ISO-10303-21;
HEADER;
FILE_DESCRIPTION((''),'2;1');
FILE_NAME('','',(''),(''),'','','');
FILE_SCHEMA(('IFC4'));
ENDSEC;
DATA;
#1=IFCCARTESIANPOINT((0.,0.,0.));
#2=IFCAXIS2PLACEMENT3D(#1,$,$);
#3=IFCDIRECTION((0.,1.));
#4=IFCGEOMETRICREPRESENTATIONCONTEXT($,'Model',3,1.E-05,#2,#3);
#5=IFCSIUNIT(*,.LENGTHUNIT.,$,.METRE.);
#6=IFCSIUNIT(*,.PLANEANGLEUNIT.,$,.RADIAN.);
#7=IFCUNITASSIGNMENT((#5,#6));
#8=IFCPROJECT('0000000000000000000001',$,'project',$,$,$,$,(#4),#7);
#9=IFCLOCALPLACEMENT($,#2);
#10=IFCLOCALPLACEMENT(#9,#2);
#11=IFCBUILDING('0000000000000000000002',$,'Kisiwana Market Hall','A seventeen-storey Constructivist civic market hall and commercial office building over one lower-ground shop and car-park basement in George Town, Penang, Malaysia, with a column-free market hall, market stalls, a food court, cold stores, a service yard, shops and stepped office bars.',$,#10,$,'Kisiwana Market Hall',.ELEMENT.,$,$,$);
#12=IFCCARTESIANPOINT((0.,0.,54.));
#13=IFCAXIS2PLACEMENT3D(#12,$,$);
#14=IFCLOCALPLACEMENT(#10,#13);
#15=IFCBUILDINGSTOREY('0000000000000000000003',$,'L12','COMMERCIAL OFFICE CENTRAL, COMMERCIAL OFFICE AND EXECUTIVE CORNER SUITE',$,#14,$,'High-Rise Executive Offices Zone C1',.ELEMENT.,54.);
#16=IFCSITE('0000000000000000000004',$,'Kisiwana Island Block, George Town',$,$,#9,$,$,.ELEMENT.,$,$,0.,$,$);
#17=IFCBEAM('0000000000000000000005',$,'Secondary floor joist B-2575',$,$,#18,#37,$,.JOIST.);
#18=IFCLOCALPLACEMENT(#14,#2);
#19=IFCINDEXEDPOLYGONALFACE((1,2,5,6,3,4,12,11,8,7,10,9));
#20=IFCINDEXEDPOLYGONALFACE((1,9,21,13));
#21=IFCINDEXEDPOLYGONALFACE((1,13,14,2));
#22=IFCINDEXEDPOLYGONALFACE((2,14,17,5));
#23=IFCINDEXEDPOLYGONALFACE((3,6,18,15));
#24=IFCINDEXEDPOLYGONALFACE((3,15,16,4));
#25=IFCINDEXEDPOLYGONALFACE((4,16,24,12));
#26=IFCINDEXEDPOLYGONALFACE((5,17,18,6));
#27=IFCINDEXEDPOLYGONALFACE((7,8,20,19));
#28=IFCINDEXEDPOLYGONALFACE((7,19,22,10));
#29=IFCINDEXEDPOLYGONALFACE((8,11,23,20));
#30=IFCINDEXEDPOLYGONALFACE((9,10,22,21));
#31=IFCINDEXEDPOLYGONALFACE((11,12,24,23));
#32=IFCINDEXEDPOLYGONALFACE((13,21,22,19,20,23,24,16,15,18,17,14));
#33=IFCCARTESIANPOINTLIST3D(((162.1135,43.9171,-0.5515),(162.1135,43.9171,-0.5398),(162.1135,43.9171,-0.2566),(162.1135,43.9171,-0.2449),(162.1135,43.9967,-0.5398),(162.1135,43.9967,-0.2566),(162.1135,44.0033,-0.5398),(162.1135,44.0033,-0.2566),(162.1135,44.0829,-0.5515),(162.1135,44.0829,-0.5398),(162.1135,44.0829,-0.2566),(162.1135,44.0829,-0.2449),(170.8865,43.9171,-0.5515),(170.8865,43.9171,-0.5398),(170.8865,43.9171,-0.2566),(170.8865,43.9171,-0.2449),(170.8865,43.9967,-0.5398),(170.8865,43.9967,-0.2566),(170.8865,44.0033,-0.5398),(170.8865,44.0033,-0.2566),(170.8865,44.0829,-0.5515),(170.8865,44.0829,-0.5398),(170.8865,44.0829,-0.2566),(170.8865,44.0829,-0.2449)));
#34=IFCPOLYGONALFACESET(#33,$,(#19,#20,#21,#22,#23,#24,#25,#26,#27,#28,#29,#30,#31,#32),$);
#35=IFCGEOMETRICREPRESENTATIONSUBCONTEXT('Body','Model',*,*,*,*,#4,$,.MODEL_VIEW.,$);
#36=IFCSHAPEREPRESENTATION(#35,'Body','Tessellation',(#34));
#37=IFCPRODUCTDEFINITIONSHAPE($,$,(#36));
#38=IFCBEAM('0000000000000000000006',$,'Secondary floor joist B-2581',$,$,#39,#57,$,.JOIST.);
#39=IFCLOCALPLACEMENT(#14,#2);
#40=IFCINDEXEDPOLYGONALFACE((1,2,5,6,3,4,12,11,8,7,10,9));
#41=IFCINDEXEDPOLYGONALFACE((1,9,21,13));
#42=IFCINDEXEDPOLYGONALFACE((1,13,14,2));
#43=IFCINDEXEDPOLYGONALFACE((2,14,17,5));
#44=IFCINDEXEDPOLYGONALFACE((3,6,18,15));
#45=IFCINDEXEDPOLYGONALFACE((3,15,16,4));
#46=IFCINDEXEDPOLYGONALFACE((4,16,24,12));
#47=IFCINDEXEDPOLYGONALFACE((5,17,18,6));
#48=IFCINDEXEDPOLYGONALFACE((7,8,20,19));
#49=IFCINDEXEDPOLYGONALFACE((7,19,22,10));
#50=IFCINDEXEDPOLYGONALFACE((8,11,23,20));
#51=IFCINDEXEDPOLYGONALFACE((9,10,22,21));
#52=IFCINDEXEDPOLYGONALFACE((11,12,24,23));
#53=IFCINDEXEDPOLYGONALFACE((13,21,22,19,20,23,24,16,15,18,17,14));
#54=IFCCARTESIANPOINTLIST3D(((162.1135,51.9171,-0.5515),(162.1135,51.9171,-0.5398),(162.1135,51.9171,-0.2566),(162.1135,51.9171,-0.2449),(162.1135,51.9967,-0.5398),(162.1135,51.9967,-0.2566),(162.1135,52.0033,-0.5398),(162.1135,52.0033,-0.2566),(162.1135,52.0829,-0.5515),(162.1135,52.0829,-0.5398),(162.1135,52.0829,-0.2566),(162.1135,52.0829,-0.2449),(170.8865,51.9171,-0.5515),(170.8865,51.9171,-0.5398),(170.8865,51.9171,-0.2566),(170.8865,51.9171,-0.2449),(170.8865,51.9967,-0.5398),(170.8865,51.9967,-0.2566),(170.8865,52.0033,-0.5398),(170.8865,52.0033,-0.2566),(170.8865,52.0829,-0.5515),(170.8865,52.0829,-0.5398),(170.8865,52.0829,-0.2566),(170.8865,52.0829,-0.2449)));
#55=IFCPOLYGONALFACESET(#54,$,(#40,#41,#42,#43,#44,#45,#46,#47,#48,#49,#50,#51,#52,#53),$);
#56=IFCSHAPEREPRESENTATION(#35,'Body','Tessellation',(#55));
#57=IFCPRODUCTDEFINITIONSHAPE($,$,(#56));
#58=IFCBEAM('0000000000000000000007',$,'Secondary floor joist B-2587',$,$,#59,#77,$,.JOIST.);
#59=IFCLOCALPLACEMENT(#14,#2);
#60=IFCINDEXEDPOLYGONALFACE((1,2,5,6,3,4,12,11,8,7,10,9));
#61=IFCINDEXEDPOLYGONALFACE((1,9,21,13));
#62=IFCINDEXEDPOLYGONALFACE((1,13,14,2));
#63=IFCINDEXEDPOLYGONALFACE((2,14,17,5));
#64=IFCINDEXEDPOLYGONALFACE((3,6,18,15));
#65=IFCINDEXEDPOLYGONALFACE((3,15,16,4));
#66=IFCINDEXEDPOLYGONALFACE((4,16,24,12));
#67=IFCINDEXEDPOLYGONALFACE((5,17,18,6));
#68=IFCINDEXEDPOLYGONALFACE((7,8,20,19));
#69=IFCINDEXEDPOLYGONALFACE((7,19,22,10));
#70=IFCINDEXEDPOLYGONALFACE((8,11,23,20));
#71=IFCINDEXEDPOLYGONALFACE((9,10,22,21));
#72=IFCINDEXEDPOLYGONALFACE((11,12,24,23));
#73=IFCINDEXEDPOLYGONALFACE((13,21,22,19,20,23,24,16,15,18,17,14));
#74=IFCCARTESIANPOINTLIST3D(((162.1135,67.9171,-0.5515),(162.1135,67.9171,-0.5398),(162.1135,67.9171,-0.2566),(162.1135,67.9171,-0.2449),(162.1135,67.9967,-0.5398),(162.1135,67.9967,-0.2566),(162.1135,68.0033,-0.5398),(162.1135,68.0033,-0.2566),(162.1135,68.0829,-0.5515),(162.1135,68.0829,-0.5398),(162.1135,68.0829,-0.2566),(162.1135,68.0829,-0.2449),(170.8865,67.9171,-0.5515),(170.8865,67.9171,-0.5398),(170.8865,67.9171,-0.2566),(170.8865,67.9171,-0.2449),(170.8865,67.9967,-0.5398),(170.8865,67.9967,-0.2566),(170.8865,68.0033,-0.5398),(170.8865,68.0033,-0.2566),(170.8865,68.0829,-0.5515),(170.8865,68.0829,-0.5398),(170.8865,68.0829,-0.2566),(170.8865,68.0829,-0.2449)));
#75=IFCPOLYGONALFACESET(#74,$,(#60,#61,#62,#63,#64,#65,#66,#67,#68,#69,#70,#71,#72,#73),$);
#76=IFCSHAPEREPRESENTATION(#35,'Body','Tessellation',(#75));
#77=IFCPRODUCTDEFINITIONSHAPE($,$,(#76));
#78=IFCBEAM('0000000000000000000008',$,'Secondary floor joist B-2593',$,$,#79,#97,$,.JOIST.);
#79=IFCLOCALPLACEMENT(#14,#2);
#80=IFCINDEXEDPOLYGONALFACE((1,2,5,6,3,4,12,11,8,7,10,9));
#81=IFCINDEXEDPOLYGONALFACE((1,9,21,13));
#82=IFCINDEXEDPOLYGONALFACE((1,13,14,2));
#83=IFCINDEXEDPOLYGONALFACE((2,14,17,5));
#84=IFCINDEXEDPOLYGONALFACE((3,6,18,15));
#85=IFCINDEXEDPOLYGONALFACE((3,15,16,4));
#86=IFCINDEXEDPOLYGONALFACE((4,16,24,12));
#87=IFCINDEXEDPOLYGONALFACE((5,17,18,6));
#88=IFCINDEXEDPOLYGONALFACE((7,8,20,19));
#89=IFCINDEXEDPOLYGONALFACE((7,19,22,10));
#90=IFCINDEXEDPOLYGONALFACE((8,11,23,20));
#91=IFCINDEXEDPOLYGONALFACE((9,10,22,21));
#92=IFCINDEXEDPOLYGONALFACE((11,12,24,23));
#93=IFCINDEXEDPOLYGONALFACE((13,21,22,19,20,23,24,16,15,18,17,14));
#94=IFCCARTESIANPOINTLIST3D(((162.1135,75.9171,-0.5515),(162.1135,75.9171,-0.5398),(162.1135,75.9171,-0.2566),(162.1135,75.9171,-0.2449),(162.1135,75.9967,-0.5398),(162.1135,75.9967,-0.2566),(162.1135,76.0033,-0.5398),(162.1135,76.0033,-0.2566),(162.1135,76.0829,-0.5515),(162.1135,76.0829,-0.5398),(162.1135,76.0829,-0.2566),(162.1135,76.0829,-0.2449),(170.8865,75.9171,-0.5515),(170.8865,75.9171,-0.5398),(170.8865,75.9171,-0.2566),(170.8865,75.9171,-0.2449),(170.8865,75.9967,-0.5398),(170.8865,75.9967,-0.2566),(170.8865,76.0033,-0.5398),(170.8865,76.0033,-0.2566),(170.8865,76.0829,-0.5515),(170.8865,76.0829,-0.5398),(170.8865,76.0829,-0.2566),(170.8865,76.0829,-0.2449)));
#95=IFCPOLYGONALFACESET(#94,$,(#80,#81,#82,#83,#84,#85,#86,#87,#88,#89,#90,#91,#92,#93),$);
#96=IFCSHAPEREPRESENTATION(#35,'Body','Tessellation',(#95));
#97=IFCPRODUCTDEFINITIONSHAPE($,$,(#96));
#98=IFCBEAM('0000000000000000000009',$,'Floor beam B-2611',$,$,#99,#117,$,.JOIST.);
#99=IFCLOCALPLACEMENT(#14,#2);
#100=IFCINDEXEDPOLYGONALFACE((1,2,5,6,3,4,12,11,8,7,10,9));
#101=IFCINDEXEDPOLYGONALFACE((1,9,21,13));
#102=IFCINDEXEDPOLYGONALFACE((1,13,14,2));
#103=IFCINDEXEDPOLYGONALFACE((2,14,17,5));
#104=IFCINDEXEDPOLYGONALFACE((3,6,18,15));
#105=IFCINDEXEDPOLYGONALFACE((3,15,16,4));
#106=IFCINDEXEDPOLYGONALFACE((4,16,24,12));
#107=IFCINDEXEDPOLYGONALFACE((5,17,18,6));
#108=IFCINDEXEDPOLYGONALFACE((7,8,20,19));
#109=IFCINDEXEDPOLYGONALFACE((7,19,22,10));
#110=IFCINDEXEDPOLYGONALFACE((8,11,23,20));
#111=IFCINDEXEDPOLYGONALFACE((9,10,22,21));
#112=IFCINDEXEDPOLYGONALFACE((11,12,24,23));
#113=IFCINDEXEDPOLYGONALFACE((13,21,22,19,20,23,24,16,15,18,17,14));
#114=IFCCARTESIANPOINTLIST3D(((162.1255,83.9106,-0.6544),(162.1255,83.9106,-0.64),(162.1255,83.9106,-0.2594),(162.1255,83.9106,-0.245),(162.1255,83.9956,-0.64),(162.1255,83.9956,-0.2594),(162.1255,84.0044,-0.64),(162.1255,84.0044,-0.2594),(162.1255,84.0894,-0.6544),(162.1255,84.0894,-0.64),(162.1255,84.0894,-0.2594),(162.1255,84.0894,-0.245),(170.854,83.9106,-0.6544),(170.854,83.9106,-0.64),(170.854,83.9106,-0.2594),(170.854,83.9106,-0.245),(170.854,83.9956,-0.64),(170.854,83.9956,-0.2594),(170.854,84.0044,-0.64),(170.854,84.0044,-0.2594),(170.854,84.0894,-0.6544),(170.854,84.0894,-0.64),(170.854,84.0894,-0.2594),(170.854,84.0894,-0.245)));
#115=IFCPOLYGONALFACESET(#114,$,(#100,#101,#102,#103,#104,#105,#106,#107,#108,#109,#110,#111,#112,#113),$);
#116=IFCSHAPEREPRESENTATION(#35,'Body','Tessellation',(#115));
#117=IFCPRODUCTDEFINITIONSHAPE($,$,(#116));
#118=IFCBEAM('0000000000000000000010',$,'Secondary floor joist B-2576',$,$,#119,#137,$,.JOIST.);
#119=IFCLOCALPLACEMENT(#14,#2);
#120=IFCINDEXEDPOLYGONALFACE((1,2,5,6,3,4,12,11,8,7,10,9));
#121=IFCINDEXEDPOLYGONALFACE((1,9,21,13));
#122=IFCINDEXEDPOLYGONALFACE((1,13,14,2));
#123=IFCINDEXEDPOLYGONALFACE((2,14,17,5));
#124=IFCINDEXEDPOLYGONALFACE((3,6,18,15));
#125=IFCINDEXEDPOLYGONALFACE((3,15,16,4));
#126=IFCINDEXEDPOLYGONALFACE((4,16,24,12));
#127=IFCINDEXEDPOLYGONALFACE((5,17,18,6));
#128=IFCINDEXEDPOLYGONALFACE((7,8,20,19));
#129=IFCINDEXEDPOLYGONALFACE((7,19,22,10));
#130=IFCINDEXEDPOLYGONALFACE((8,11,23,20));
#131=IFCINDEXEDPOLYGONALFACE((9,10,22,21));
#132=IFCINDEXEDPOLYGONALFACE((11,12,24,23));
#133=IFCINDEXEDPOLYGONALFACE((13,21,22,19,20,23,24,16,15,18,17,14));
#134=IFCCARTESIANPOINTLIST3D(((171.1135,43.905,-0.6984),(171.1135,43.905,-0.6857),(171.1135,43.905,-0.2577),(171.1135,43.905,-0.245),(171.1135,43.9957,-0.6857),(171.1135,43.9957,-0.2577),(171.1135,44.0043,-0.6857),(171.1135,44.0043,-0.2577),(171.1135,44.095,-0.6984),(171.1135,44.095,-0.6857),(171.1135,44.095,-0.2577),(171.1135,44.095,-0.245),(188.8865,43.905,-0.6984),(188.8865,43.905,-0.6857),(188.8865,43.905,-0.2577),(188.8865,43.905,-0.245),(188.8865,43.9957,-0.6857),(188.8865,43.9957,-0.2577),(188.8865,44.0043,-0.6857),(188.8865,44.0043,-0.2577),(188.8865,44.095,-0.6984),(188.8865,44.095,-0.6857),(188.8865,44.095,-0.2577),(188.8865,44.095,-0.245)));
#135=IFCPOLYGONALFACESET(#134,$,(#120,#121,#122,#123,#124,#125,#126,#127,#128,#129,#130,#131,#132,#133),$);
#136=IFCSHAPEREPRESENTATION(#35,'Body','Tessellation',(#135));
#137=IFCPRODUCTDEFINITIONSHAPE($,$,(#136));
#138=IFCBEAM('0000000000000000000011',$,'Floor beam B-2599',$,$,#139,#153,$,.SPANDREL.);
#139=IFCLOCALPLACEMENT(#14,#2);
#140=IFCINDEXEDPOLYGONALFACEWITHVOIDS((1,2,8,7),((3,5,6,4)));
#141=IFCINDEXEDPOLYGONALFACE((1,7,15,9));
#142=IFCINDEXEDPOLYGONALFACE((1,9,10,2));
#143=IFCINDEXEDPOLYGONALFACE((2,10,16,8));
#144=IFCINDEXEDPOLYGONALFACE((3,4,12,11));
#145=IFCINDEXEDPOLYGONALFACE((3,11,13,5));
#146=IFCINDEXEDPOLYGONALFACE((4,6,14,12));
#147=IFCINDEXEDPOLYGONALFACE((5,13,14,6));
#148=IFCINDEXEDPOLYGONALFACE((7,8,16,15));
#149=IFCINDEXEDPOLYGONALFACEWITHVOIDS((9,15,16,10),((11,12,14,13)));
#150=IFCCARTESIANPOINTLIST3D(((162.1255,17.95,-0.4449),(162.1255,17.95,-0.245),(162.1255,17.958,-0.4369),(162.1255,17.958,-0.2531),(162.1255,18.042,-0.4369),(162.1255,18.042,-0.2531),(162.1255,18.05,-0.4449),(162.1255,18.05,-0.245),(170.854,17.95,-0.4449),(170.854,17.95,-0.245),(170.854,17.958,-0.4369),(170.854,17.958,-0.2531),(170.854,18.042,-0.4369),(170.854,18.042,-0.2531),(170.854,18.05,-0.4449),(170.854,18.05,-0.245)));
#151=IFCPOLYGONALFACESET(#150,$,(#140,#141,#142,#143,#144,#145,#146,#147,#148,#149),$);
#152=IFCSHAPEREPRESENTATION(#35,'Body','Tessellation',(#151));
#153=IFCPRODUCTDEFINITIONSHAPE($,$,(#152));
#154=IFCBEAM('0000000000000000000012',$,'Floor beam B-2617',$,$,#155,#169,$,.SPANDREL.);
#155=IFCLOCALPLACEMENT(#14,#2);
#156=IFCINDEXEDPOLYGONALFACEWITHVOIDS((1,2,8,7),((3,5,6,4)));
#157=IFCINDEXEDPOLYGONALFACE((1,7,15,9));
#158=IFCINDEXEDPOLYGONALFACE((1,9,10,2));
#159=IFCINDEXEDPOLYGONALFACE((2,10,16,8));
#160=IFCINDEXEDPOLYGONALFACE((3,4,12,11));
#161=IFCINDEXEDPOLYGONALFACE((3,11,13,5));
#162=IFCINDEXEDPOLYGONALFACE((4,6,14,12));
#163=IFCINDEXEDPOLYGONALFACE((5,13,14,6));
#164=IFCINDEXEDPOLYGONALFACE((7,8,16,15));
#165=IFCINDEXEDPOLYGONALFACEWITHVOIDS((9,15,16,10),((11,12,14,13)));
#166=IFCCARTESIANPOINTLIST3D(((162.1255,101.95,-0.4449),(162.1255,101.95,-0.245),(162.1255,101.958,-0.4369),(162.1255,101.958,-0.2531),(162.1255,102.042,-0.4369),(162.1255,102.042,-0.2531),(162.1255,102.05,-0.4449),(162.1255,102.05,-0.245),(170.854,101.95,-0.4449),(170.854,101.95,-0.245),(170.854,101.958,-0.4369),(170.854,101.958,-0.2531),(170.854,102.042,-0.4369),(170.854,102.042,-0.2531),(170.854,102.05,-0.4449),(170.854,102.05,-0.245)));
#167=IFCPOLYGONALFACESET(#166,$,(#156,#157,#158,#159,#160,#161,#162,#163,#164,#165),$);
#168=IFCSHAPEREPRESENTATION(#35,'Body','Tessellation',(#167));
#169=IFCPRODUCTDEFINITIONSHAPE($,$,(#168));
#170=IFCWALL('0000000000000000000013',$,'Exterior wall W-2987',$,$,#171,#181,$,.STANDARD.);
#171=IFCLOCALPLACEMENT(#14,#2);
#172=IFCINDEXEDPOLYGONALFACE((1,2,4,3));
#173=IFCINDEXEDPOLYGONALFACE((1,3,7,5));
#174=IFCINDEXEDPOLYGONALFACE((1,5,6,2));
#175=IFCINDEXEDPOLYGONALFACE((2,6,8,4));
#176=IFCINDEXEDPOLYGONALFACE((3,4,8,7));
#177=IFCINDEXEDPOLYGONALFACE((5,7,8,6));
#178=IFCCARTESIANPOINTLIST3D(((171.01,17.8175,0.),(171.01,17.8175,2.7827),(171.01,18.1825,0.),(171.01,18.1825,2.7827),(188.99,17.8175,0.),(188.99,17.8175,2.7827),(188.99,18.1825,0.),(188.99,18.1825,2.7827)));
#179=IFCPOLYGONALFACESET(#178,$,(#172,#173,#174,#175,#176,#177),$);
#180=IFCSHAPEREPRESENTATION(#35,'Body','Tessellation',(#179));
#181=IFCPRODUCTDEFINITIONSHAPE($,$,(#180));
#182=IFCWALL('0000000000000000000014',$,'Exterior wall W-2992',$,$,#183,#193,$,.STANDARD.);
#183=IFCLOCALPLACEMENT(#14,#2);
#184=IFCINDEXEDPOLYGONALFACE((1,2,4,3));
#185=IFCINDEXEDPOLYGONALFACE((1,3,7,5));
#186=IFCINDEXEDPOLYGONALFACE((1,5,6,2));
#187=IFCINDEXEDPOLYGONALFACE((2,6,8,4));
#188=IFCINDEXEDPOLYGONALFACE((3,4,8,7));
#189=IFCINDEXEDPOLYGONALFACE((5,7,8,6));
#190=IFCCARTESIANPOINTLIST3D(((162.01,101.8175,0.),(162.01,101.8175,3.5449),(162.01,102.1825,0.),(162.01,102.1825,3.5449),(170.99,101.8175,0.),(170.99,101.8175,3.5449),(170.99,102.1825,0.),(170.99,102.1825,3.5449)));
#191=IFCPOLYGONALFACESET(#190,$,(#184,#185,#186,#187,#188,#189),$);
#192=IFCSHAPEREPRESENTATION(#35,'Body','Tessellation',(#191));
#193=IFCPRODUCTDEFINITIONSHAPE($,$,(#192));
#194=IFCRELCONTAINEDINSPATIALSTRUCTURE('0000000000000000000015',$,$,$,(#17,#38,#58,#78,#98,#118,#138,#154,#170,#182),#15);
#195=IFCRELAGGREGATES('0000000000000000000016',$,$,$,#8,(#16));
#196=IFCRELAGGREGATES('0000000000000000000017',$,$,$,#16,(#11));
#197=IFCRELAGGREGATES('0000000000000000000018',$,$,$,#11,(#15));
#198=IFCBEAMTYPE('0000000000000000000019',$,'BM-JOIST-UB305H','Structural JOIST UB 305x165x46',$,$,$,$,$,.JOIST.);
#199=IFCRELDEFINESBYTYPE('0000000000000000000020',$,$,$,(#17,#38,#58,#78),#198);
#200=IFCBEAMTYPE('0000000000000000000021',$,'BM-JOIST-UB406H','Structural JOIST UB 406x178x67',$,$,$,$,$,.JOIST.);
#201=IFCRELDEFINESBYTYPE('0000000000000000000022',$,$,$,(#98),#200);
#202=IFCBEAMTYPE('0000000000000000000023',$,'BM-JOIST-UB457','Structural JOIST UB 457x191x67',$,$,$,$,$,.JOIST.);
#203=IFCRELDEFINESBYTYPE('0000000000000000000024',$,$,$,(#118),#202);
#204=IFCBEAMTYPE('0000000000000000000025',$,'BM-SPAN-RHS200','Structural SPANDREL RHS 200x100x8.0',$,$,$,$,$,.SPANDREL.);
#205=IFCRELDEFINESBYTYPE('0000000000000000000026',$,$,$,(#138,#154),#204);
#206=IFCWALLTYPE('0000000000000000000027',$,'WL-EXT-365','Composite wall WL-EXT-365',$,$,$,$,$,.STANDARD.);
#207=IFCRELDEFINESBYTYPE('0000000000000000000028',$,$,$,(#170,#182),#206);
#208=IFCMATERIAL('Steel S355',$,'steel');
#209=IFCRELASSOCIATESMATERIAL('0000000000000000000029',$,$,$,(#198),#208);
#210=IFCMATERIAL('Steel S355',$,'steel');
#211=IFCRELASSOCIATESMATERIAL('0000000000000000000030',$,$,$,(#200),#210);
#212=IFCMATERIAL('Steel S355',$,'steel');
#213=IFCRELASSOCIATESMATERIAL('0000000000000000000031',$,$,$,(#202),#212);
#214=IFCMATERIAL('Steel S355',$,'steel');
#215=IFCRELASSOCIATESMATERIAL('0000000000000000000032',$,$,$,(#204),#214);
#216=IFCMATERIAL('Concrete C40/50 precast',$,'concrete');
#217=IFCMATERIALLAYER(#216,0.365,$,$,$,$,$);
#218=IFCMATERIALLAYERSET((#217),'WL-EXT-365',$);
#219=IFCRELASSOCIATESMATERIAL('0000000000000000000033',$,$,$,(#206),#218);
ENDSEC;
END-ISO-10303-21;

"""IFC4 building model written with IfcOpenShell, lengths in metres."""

from ifc_helpers import new_model, si_unit, direction, frame, frame_2d, origin, origin_2d, place, context, subcontext, project, spatial, rectangle, hollow_rectangle, i_section, extrude, material, layer, layer_set, material_profile, profile_set, type_object, element, save


model = new_model("IFC4")

# Units and contexts
model_context = context("Model", 3, precision=1e-05, world=origin(), true_north=direction((0.0, 1.0)))
body_context = subcontext(model_context, "Body", "Model", "MODEL_VIEW")
ifc_project = project(units=[si_unit("LENGTHUNIT", "METRE"), si_unit("PLANEANGLEUNIT", "RADIAN")], contexts=[model_context])

# Site, building, storey
site_placement = place(None, origin())
site = spatial("IfcSite", under=ifc_project, at=site_placement, Name="Kisiwana Island Block, George Town", CompositionType="ELEMENT", RefElevation=0.0)
building_placement = place(site_placement, origin())
building = spatial("IfcBuilding", under=site, at=building_placement, Name="Kisiwana Market Hall", Description="A seventeen-storey Constructivist civic market hall and commercial office building over one lower-ground shop and car-park basement in George Town, Penang, Malaysia, with a column-free market hall, market stalls, a food court, cold stores, a service yard, shops and stepped office bars.", LongName="Kisiwana Market Hall", CompositionType="ELEMENT")
storey_placement = place(building_placement, frame((0.0, 0.0, 54.0)))
storey = spatial("IfcBuildingStorey", under=building, at=storey_placement, Name="L12", Description="COMMERCIAL OFFICE CENTRAL, COMMERCIAL OFFICE AND EXECUTIVE CORNER SUITE", LongName="High-Rise Executive Offices Zone C1", CompositionType="ELEMENT", Elevation=54.0)

# Beams
ifc_material_1 = material(Name="Steel S355", Category="steel")
ifc_material_profile_1 = material_profile(ifc_material_1, i_section(OverallWidth=0.1658, OverallDepth=0.3066, WebThickness=0.0066, FlangeThickness=0.0117, at=origin_2d()), Name="UB 305x165x46")
ifc_profile_set_1 = profile_set([ifc_material_profile_1], Name="Steel S355")
beam_type_1 = type_object("IfcBeamType", Name="BM-JOIST-UB305H", Description="Structural JOIST UB 305x165x46", PredefinedType="JOIST", material=ifc_profile_set_1)
for number, where, z_axis, x_axis, name in (
    (1, (162.1135, 44.0, -0.3982), (1.0, 0.0, 0.0), (0.0, 1.0, 0.0), "Secondary floor joist B-2575"),
    (2, (162.1135, 52.0, -0.3982), (1.0, 0.0, 0.0), (0.0, 1.0, 0.0), "Secondary floor joist B-2581"),
    (3, (162.1135, 68.0, -0.3982), (1.0, 0.0, 0.0), (0.0, 1.0, 0.0), "Secondary floor joist B-2587"),
    (4, (162.1135, 76.0, -0.3982), (1.0, 0.0, 0.0), (0.0, 1.0, 0.0), "Secondary floor joist B-2593"),
):
    element("IfcBeam", number, at=place(storey_placement, frame(where, z_axis=z_axis, x_axis=x_axis)), inside=storey, type_object=beam_type_1, Name=name, PredefinedType="JOIST", context=body_context, shape_type="SweptSolid", body=[
        extrude(i_section(OverallWidth=0.1658, OverallDepth=0.3066, WebThickness=0.0066, FlangeThickness=0.0117, at=origin_2d()), origin(), (0.0, 0.0, 1.0), 8.7729),
    ])
ifc_material_2 = material(Name="Steel S355", Category="steel")
ifc_material_profile_2 = material_profile(ifc_material_2, i_section(OverallWidth=0.1787, OverallDepth=0.4094, WebThickness=0.0088, FlangeThickness=0.0144, at=origin_2d()), Name="UB 406x178x67")
ifc_profile_set_2 = profile_set([ifc_material_profile_2], Name="Steel S355")
beam_type_2 = type_object("IfcBeamType", Name="BM-JOIST-UB406H", Description="Structural JOIST UB 406x178x67", PredefinedType="JOIST", material=ifc_profile_set_2)
beam_1_placement = place(storey_placement, frame((162.1255, 84.0, -0.4497), z_axis=(1.0, 0.0, 0.0), x_axis=(0.0, 1.0, 0.0)))
element("IfcBeam", 5, at=beam_1_placement, inside=storey, type_object=beam_type_2, Name="Floor beam B-2611", PredefinedType="JOIST", context=body_context, shape_type="SweptSolid", body=[
    extrude(i_section(OverallWidth=0.1787, OverallDepth=0.4094, WebThickness=0.0088, FlangeThickness=0.0144, at=origin_2d()), origin(), (0.0, 0.0, 1.0), 8.7285),
])
ifc_material_3 = material(Name="Steel S355", Category="steel")
ifc_material_profile_3 = material_profile(ifc_material_3, i_section(OverallWidth=0.1899, OverallDepth=0.4534, WebThickness=0.0085, FlangeThickness=0.0127, at=origin_2d()), Name="UB 457x191x67")
ifc_profile_set_3 = profile_set([ifc_material_profile_3], Name="Steel S355")
beam_type_3 = type_object("IfcBeamType", Name="BM-JOIST-UB457", Description="Structural JOIST UB 457x191x67", PredefinedType="JOIST", material=ifc_profile_set_3)
beam_2_placement = place(storey_placement, frame((171.1135, 44.0, -0.4717), z_axis=(1.0, 0.0, 0.0), x_axis=(0.0, 1.0, 0.0)))
element("IfcBeam", 6, at=beam_2_placement, inside=storey, type_object=beam_type_3, Name="Secondary floor joist B-2576", PredefinedType="JOIST", context=body_context, shape_type="SweptSolid", body=[
    extrude(i_section(OverallWidth=0.1899, OverallDepth=0.4534, WebThickness=0.0085, FlangeThickness=0.0127, at=origin_2d()), origin(), (0.0, 0.0, 1.0), 17.7729),
])
ifc_material_4 = material(Name="Steel S355", Category="steel")
ifc_material_profile_4 = material_profile(ifc_material_4, hollow_rectangle(XDim=0.1001, YDim=0.2, WallThickness=0.0081, at=origin_2d()), Name="RHS 200x100x8.0")
ifc_profile_set_4 = profile_set([ifc_material_profile_4], Name="Steel S355")
beam_type_4 = type_object("IfcBeamType", Name="BM-SPAN-RHS200", Description="Structural SPANDREL RHS 200x100x8.0", PredefinedType="SPANDREL", material=ifc_profile_set_4)
for number, where, z_axis, x_axis, name in (
    (7, (162.1255, 18.0, -0.345), (1.0, 0.0, 0.0), (0.0, 1.0, 0.0), "Floor beam B-2599"),
    (8, (162.1255, 102.0, -0.345), (1.0, 0.0, 0.0), (0.0, 1.0, 0.0), "Floor beam B-2617"),
):
    element("IfcBeam", number, at=place(storey_placement, frame(where, z_axis=z_axis, x_axis=x_axis)), inside=storey, type_object=beam_type_4, Name=name, PredefinedType="SPANDREL", context=body_context, shape_type="SweptSolid", body=[
        extrude(hollow_rectangle(XDim=0.1001, YDim=0.2, WallThickness=0.0081, at=origin_2d()), origin(), (0.0, 0.0, 1.0), 8.7285),
    ])

# Walls
ifc_material_5 = material(Name="Concrete C40/50 precast", Category="concrete")
ifc_layer_1 = layer(ifc_material_5, 0.365)
ifc_layer_set_1 = layer_set([ifc_layer_1], Name="WL-EXT-365")
wall_type_1 = type_object("IfcWallType", Name="WL-EXT-365", Description="Composite wall WL-EXT-365", PredefinedType="STANDARD", material=ifc_layer_set_1)
wall_1_placement = place(storey_placement, frame((171.01, 18.0, 0.0), z_axis=(0.0, 0.0, 1.0), x_axis=(1.0, 0.0, 0.0)))
element("IfcWall", 9, at=wall_1_placement, inside=storey, type_object=wall_type_1, Name="Exterior wall W-2987", PredefinedType="STANDARD", context=body_context, shape_type="SweptSolid", body=[
    extrude(rectangle(XDim=17.98, YDim=0.365, at=frame_2d((8.99, 0.0))), origin(), (0.0, 0.0, 1.0), 2.7827),
])
wall_2_placement = place(storey_placement, frame((162.01, 102.0, 0.0), z_axis=(0.0, 0.0, 1.0), x_axis=(1.0, 0.0, 0.0)))
element("IfcWall", 10, at=wall_2_placement, inside=storey, type_object=wall_type_1, Name="Exterior wall W-2992", PredefinedType="STANDARD", context=body_context, shape_type="SweptSolid", body=[
    extrude(rectangle(XDim=8.98, YDim=0.365, at=frame_2d((4.49, 0.0))), origin(), (0.0, 0.0, 1.0), 3.5449),
])

save(model, "model.ifc")
